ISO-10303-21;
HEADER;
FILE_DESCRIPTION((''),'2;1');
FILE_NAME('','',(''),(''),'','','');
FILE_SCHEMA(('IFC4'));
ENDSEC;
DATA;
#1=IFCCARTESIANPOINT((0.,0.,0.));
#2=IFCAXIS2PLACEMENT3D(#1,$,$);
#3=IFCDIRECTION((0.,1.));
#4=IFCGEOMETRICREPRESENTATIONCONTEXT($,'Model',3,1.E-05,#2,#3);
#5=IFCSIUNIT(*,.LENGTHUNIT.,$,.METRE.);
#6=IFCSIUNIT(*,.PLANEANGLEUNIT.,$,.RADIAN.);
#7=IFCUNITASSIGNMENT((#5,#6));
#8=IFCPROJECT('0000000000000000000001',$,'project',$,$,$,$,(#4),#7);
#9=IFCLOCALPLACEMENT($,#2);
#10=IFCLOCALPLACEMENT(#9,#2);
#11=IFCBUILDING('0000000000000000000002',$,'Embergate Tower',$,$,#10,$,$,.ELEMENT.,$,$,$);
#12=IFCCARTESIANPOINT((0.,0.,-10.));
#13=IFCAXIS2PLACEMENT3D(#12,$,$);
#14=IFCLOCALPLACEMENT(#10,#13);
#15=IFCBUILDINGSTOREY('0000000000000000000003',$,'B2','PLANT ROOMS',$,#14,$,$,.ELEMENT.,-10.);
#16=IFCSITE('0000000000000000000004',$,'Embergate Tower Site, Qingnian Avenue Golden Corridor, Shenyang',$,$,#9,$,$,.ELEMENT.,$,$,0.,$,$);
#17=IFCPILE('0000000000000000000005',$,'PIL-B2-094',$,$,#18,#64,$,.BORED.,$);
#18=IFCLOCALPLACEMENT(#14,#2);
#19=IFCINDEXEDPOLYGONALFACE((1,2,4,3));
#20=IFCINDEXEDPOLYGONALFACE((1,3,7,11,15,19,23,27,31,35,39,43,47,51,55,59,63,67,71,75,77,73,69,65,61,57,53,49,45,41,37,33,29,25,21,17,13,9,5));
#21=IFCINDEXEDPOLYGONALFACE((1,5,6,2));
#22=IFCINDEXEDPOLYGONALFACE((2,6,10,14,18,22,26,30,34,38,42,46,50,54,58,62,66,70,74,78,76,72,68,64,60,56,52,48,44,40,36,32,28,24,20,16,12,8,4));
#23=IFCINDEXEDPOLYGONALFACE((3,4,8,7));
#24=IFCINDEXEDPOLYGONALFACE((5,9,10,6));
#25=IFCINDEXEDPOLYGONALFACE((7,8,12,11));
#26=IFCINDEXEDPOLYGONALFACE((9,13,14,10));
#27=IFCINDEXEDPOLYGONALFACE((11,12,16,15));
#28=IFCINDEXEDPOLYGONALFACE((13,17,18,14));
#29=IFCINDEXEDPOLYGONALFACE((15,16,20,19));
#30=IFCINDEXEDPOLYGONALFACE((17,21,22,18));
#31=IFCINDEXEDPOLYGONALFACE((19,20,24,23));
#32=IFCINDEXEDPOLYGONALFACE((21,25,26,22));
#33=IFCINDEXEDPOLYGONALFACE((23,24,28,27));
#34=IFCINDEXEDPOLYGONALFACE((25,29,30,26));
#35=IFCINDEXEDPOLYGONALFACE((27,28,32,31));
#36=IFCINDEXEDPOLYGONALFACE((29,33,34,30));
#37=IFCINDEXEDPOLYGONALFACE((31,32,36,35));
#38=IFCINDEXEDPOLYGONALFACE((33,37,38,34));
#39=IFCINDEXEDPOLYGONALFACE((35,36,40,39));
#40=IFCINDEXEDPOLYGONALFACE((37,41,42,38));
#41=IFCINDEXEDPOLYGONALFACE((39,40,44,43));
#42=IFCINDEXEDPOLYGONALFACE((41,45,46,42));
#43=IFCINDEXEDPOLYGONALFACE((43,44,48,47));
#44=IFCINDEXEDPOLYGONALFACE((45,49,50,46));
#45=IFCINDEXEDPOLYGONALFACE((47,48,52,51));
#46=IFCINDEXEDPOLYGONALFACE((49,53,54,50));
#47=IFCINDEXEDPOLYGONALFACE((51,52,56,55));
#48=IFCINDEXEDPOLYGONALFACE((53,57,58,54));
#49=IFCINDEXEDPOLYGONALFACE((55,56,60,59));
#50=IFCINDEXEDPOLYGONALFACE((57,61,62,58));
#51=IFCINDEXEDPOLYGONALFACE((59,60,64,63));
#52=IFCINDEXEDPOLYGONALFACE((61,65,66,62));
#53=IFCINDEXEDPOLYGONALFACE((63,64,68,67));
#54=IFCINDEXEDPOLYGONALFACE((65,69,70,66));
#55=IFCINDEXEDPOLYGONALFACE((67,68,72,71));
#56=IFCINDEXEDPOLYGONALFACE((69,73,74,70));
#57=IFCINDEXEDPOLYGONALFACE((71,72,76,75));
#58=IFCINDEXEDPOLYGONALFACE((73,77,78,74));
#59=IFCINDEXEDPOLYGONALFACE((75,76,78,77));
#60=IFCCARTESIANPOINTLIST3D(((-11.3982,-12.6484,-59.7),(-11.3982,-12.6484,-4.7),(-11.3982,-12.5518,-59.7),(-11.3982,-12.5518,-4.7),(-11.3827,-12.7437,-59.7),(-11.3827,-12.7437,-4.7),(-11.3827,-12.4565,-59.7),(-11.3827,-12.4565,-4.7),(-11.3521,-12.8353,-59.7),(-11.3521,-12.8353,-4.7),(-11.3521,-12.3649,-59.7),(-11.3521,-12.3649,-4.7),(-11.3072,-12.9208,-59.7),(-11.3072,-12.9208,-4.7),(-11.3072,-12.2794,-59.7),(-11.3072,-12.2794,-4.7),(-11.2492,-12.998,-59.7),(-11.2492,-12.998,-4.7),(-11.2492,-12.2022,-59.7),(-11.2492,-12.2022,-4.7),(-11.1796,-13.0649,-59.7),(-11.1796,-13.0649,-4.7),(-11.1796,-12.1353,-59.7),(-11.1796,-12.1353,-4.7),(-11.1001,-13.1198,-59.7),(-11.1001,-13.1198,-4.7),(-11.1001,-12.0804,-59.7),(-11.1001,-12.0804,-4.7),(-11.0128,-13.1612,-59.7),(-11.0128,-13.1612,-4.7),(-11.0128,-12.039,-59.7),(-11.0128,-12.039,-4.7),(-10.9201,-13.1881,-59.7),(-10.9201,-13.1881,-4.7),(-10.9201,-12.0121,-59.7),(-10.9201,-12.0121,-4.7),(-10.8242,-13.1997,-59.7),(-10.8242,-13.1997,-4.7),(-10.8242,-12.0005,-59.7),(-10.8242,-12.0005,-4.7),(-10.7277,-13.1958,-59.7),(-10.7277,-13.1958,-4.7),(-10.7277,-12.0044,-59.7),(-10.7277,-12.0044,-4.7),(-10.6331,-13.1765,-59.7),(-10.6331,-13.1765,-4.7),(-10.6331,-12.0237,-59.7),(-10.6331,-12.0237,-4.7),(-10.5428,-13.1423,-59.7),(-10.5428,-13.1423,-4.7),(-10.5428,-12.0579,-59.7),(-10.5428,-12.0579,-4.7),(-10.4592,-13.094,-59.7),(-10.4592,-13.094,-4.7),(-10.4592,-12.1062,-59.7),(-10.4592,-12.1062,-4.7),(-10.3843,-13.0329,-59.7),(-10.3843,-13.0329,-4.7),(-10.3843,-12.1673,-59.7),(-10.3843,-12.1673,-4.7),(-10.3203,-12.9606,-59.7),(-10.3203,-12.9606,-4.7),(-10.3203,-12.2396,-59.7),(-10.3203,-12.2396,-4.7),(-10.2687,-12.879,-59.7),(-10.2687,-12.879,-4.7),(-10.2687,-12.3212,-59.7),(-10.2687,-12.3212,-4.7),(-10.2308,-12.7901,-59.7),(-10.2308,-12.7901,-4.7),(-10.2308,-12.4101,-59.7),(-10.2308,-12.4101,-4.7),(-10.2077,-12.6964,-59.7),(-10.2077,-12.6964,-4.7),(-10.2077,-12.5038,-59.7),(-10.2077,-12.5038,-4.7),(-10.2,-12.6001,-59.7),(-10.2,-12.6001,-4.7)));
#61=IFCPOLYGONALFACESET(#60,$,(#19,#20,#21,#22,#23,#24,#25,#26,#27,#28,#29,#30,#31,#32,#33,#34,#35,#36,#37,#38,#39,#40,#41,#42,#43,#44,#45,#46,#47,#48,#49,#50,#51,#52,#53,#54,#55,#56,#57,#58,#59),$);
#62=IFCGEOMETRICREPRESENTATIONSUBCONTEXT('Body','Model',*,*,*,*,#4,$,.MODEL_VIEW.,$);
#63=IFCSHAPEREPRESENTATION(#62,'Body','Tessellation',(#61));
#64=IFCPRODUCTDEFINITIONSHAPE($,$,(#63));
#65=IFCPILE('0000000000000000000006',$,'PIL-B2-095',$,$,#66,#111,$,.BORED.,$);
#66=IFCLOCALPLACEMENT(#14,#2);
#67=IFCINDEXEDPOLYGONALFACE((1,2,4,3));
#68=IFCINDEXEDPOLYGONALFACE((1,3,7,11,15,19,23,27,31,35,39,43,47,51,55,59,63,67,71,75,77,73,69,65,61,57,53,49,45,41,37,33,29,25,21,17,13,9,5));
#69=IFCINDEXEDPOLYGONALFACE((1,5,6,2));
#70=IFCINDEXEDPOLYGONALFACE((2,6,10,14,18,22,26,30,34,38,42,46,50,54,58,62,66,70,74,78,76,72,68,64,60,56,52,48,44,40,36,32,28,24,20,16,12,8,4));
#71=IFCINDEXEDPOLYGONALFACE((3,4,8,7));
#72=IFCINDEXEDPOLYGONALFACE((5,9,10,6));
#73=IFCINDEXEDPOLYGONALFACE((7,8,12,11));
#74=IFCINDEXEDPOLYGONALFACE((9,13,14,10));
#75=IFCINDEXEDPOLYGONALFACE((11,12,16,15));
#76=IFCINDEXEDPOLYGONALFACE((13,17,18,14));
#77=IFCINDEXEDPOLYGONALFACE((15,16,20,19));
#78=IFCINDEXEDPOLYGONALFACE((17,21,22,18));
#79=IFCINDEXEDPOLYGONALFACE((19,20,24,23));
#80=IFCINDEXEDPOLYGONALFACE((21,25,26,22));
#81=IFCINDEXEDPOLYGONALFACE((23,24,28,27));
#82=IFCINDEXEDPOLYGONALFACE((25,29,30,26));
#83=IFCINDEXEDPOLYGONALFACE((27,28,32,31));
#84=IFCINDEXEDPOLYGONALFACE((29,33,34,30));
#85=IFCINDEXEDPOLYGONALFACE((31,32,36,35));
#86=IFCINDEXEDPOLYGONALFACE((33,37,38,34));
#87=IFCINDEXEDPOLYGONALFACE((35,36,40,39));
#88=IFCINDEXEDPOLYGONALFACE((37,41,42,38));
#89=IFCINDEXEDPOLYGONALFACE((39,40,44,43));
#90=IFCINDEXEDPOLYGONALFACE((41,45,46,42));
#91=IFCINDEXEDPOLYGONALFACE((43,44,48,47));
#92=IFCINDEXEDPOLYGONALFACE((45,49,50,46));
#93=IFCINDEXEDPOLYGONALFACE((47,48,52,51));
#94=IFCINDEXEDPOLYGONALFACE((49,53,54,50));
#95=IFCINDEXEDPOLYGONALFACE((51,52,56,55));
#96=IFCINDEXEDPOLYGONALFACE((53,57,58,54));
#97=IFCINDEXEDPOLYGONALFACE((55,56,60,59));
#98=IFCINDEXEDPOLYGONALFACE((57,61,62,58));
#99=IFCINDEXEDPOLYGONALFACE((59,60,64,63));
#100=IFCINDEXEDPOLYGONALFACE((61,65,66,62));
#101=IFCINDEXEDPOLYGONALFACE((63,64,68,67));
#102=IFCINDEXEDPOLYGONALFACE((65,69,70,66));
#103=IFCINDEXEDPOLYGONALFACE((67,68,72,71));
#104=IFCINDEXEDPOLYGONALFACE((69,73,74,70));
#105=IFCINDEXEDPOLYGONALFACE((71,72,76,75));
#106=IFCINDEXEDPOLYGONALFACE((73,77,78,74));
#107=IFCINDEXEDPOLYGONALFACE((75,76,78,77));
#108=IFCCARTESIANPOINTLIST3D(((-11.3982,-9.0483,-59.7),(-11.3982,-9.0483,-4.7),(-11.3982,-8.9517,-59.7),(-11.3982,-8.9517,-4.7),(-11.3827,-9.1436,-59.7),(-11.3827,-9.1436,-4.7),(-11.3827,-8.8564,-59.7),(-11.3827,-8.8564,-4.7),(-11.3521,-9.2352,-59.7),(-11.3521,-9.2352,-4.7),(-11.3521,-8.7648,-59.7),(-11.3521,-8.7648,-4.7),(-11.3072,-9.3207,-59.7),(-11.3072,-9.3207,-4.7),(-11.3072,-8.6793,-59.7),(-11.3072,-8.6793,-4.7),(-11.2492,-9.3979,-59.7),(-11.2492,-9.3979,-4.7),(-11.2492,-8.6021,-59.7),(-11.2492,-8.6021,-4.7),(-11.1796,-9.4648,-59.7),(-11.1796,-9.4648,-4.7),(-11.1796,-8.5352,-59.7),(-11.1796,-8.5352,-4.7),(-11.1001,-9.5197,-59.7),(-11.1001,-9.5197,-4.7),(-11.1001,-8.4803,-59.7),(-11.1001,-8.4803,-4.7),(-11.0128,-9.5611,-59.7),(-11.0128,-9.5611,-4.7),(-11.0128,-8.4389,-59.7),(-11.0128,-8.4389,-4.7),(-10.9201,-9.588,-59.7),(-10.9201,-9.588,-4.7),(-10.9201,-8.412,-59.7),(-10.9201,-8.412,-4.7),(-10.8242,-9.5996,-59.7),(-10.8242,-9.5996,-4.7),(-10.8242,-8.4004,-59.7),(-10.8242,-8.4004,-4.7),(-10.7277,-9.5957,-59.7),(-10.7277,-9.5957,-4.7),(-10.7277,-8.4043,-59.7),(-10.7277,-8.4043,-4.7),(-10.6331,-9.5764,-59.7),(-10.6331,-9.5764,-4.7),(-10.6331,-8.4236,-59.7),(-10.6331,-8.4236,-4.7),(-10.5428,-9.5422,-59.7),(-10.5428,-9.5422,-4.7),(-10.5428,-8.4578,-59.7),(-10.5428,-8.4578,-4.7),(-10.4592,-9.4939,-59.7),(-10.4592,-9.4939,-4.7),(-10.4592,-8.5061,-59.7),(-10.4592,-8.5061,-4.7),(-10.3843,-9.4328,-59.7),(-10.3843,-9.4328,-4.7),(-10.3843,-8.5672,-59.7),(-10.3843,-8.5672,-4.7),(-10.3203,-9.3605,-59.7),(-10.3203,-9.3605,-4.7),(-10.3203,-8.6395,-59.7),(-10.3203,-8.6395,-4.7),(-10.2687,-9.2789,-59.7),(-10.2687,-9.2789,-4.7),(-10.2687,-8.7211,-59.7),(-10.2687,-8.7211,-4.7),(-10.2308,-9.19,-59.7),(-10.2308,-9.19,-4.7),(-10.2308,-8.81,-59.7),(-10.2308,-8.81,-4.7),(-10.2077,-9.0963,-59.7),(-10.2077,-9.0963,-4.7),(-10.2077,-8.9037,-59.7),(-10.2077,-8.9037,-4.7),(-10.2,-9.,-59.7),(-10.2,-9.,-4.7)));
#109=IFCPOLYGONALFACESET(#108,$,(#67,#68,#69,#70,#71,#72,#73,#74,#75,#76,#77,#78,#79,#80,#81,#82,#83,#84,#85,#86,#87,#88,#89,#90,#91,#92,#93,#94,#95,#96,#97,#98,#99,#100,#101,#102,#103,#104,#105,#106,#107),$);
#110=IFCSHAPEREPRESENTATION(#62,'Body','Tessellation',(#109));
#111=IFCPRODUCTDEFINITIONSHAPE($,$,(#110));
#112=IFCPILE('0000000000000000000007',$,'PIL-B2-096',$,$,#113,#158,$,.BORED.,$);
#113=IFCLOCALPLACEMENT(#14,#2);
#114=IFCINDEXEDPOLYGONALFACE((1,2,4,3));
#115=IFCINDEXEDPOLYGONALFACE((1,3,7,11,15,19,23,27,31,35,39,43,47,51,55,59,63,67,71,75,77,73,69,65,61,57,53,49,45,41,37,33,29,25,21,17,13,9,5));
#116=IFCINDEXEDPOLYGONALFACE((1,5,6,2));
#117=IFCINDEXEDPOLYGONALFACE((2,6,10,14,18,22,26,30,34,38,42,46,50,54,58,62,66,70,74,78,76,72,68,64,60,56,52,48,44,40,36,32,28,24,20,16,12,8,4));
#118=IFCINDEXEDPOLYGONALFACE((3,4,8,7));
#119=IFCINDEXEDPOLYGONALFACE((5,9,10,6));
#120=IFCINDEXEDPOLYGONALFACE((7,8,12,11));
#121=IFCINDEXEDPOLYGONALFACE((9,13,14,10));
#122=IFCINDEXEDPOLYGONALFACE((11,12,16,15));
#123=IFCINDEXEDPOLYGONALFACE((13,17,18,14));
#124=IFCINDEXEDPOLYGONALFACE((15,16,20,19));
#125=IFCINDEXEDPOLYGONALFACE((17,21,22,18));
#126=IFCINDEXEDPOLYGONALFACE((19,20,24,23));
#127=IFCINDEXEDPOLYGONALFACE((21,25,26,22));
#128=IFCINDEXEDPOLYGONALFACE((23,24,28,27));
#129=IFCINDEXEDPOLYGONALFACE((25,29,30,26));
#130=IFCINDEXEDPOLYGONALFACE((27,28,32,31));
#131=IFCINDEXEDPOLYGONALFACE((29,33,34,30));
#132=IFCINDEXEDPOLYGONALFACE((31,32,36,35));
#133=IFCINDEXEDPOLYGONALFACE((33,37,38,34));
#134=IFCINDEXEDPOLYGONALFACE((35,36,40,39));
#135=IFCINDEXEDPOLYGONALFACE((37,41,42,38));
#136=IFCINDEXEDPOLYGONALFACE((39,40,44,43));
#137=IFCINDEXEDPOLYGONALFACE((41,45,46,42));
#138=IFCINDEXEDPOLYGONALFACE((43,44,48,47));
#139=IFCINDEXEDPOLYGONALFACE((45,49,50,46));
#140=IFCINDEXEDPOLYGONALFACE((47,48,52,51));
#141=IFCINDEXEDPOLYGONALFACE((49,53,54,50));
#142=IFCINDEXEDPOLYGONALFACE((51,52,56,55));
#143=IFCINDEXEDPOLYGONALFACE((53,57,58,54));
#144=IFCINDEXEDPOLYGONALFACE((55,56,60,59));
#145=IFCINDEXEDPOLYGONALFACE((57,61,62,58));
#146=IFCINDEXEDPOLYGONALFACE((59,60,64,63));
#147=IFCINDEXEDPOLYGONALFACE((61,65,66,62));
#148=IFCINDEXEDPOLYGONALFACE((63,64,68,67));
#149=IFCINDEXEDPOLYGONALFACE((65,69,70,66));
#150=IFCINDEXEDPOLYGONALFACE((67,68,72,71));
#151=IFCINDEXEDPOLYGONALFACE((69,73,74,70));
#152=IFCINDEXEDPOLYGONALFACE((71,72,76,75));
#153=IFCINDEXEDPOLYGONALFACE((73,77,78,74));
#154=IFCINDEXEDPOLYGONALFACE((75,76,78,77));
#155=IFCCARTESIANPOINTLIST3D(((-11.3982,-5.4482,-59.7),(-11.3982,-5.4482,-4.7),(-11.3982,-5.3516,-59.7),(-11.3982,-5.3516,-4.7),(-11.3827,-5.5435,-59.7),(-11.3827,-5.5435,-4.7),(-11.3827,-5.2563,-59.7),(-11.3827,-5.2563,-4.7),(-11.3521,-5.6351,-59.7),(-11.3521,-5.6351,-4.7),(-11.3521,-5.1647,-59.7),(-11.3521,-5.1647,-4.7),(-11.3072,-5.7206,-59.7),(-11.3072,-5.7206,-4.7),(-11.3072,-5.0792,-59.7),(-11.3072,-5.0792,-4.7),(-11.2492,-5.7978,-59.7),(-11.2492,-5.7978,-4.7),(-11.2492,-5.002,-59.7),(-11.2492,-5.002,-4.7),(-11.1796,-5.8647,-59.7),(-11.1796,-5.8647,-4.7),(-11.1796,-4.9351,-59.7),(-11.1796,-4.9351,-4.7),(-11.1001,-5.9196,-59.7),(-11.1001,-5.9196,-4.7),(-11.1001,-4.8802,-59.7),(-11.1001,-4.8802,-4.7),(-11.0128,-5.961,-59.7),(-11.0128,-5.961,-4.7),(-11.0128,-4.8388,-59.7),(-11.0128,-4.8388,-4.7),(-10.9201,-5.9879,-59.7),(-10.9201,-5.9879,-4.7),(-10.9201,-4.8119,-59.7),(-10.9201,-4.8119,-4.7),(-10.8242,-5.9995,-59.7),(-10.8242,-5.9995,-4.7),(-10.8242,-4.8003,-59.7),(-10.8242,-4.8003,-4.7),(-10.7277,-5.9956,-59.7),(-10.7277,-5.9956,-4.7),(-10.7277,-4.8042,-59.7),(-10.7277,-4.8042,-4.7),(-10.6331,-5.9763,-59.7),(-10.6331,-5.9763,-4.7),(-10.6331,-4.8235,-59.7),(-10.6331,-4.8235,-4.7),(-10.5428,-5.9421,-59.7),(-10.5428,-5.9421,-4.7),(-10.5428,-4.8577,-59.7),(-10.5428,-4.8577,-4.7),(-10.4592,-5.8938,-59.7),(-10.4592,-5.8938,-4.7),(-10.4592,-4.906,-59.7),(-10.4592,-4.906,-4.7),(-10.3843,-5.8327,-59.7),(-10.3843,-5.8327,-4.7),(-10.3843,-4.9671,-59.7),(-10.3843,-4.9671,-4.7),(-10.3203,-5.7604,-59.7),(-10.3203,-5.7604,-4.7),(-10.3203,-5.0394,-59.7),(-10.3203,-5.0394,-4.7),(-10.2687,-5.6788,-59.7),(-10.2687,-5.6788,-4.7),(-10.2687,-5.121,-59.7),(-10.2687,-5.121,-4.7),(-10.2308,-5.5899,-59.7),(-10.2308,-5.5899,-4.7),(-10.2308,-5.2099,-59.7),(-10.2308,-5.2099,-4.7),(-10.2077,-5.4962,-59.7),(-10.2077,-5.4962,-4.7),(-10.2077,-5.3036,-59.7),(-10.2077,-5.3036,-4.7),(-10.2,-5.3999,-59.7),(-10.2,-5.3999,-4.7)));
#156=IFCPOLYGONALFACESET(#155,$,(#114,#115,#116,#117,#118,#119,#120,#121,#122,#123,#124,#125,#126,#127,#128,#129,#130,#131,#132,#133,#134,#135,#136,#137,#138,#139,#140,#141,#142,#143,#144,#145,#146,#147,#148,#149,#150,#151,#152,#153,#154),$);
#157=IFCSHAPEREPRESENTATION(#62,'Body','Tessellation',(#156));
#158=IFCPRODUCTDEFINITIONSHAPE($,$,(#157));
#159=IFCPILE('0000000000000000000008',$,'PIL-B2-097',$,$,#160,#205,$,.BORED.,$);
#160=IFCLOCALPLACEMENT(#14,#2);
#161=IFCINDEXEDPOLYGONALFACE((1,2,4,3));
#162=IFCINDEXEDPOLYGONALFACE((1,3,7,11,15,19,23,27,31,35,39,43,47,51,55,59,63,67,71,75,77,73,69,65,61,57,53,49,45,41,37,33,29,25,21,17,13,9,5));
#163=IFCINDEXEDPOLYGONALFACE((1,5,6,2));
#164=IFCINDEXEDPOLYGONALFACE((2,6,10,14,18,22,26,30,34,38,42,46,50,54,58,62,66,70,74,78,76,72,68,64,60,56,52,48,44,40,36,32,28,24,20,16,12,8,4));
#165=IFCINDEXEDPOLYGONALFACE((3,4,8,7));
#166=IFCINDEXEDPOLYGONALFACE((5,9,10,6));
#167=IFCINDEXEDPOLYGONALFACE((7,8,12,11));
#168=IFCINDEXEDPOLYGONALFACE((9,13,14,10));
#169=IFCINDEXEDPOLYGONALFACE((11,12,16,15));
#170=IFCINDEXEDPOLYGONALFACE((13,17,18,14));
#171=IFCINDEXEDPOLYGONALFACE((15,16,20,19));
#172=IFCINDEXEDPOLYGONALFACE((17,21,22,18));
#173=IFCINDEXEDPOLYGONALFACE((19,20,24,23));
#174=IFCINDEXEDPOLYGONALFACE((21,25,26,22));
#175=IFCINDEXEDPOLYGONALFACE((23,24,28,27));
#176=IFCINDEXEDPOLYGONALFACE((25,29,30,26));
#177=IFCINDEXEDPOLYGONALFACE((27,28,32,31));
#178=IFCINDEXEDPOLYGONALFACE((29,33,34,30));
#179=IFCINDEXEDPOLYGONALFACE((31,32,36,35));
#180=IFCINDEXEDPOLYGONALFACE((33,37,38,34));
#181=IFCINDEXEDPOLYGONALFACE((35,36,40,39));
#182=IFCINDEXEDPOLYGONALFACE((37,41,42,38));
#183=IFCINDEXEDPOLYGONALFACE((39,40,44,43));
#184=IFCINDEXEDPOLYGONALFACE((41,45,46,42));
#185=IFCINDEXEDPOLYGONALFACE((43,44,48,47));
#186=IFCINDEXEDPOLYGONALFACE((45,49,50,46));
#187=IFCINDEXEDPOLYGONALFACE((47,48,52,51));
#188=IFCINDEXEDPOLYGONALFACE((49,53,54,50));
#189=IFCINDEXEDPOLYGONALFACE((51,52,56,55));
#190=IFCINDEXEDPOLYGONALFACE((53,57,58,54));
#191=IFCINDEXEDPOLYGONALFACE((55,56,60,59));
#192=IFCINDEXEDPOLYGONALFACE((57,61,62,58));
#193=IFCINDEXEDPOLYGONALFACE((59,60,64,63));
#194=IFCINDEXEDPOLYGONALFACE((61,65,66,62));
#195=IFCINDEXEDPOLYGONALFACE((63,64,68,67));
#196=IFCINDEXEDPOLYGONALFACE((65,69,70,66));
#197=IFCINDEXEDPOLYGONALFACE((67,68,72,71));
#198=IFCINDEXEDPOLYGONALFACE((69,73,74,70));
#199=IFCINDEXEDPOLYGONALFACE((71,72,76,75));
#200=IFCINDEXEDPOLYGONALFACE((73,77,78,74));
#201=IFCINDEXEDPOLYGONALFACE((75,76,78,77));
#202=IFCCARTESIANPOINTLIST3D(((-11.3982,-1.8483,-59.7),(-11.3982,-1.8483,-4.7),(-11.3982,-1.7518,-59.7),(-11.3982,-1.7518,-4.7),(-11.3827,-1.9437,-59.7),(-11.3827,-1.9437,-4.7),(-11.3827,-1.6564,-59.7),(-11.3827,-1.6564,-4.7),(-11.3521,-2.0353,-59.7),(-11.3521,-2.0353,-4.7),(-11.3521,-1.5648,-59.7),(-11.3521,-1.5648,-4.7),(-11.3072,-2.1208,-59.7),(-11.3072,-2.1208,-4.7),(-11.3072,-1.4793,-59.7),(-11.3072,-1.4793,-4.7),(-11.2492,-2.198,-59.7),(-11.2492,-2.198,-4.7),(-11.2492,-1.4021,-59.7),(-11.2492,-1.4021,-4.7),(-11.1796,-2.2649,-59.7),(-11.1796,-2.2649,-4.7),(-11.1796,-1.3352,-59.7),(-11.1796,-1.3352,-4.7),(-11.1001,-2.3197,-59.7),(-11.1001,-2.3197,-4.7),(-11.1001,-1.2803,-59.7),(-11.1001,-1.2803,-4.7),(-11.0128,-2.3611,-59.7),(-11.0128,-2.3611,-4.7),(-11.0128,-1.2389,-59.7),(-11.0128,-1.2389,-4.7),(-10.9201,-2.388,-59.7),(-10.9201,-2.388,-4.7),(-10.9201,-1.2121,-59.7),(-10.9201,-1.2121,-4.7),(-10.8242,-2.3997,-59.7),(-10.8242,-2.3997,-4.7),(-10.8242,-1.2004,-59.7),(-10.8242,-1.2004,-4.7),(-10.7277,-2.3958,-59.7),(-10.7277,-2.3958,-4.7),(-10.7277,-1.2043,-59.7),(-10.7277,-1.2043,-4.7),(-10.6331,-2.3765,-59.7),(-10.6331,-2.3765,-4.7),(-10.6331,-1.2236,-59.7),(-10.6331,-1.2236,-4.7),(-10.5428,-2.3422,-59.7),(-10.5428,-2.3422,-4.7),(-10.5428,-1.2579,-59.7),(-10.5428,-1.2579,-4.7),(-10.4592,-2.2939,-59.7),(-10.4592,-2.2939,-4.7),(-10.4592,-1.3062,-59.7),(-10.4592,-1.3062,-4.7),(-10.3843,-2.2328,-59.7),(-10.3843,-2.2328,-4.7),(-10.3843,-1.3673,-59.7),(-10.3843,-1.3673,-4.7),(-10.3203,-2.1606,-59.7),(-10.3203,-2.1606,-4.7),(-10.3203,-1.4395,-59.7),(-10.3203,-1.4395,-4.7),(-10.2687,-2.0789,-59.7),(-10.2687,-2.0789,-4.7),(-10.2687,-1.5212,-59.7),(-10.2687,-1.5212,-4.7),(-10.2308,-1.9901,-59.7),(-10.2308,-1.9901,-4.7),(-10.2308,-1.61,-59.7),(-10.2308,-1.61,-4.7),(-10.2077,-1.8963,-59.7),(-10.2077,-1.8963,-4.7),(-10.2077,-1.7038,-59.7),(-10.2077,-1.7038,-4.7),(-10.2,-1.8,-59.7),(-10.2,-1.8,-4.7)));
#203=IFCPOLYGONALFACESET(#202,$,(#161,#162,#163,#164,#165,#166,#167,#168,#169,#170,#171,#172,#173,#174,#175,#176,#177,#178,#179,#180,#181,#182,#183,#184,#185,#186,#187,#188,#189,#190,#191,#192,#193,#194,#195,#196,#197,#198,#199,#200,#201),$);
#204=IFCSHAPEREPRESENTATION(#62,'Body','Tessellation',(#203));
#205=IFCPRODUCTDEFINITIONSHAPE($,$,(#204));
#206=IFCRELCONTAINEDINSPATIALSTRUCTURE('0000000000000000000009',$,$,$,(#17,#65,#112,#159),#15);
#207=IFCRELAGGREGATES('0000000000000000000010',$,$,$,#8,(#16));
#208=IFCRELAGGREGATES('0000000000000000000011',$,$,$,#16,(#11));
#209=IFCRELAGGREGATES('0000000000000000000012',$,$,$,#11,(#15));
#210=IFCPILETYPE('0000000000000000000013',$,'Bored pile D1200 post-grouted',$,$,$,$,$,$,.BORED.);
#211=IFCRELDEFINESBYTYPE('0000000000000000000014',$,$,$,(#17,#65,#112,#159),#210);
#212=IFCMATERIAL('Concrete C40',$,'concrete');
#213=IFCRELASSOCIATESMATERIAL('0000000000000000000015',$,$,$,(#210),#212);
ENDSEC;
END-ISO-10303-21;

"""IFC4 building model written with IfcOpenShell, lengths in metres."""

from ifc_helpers import new_model, si_unit, direction, frame, origin, origin_2d, place, context, subcontext, project, spatial, circle, extrude, source, transform, mapped, material, material_profile, profile_set, type_object, element, save


model = new_model("IFC4")

# Units and contexts
model_context = context("Model", 3, precision=1e-05, world=origin(), true_north=direction((0.0, 1.0)))
body_context = subcontext(model_context, "Body", "Model", "MODEL_VIEW")
ifc_project = project(units=[si_unit("LENGTHUNIT", "METRE"), si_unit("PLANEANGLEUNIT", "RADIAN")], contexts=[model_context])

# Site, building, storey
site_placement = place(None, origin())
site = spatial("IfcSite", under=ifc_project, at=site_placement, Name="Embergate Tower Site, Qingnian Avenue Golden Corridor, Shenyang", CompositionType="ELEMENT", RefElevation=0.0)
building_placement = place(site_placement, origin())
building = spatial("IfcBuilding", under=site, at=building_placement, Name="Embergate Tower", CompositionType="ELEMENT")
storey_placement = place(building_placement, frame((0.0, 0.0, -10.0)))
storey = spatial("IfcBuildingStorey", under=building, at=storey_placement, Name="B2", Description="PLANT ROOMS", CompositionType="ELEMENT", Elevation=-10.0)

# Piles
ifc_material_1 = material(Name="Concrete C40", Category="concrete")
ifc_material_profile = material_profile(ifc_material_1, circle(Radius=0.6001, at=origin_2d()), Name="D1200")
ifc_profile_set = profile_set([ifc_material_profile], Name="Concrete C40")
pile_type = type_object("IfcPileType", Name="Bored pile D1200 post-grouted", PredefinedType="BORED", material=ifc_profile_set)
shared_shape_1 = source(origin(), body_context, "Body", "SweptSolid", [
    extrude(circle(Radius=0.6001, at=origin_2d()), origin(), (0.0, 0.0, 1.0), 55.0),
])
for number, where, z_axis, x_axis, name in (
    (1, (-10.8, -12.6001, -4.7), (0.0, 0.0, -1.0), (1.0, 0.0, 0.0), "PIL-B2-094"),
    (2, (-10.8, -9.0, -4.7), (0.0, 0.0, -1.0), (1.0, 0.0, 0.0), "PIL-B2-095"),
    (3, (-10.8, -5.3999, -4.7), (0.0, 0.0, -1.0), (1.0, 0.0, 0.0), "PIL-B2-096"),
    (4, (-10.8, -1.8, -4.7), (0.0, 0.0, -1.0), (1.0, 0.0, 0.0), "PIL-B2-097"),
):
    element("IfcPile", number, at=place(storey_placement, frame(where, z_axis=z_axis, x_axis=x_axis)), inside=storey, type_object=pile_type, Name=name, PredefinedType="BORED", context=body_context, shape_type="MappedRepresentation", body=[
        mapped(shared_shape_1, transform((0.0, 0.0, 0.0))),
    ])

save(model, "model.ifc")
